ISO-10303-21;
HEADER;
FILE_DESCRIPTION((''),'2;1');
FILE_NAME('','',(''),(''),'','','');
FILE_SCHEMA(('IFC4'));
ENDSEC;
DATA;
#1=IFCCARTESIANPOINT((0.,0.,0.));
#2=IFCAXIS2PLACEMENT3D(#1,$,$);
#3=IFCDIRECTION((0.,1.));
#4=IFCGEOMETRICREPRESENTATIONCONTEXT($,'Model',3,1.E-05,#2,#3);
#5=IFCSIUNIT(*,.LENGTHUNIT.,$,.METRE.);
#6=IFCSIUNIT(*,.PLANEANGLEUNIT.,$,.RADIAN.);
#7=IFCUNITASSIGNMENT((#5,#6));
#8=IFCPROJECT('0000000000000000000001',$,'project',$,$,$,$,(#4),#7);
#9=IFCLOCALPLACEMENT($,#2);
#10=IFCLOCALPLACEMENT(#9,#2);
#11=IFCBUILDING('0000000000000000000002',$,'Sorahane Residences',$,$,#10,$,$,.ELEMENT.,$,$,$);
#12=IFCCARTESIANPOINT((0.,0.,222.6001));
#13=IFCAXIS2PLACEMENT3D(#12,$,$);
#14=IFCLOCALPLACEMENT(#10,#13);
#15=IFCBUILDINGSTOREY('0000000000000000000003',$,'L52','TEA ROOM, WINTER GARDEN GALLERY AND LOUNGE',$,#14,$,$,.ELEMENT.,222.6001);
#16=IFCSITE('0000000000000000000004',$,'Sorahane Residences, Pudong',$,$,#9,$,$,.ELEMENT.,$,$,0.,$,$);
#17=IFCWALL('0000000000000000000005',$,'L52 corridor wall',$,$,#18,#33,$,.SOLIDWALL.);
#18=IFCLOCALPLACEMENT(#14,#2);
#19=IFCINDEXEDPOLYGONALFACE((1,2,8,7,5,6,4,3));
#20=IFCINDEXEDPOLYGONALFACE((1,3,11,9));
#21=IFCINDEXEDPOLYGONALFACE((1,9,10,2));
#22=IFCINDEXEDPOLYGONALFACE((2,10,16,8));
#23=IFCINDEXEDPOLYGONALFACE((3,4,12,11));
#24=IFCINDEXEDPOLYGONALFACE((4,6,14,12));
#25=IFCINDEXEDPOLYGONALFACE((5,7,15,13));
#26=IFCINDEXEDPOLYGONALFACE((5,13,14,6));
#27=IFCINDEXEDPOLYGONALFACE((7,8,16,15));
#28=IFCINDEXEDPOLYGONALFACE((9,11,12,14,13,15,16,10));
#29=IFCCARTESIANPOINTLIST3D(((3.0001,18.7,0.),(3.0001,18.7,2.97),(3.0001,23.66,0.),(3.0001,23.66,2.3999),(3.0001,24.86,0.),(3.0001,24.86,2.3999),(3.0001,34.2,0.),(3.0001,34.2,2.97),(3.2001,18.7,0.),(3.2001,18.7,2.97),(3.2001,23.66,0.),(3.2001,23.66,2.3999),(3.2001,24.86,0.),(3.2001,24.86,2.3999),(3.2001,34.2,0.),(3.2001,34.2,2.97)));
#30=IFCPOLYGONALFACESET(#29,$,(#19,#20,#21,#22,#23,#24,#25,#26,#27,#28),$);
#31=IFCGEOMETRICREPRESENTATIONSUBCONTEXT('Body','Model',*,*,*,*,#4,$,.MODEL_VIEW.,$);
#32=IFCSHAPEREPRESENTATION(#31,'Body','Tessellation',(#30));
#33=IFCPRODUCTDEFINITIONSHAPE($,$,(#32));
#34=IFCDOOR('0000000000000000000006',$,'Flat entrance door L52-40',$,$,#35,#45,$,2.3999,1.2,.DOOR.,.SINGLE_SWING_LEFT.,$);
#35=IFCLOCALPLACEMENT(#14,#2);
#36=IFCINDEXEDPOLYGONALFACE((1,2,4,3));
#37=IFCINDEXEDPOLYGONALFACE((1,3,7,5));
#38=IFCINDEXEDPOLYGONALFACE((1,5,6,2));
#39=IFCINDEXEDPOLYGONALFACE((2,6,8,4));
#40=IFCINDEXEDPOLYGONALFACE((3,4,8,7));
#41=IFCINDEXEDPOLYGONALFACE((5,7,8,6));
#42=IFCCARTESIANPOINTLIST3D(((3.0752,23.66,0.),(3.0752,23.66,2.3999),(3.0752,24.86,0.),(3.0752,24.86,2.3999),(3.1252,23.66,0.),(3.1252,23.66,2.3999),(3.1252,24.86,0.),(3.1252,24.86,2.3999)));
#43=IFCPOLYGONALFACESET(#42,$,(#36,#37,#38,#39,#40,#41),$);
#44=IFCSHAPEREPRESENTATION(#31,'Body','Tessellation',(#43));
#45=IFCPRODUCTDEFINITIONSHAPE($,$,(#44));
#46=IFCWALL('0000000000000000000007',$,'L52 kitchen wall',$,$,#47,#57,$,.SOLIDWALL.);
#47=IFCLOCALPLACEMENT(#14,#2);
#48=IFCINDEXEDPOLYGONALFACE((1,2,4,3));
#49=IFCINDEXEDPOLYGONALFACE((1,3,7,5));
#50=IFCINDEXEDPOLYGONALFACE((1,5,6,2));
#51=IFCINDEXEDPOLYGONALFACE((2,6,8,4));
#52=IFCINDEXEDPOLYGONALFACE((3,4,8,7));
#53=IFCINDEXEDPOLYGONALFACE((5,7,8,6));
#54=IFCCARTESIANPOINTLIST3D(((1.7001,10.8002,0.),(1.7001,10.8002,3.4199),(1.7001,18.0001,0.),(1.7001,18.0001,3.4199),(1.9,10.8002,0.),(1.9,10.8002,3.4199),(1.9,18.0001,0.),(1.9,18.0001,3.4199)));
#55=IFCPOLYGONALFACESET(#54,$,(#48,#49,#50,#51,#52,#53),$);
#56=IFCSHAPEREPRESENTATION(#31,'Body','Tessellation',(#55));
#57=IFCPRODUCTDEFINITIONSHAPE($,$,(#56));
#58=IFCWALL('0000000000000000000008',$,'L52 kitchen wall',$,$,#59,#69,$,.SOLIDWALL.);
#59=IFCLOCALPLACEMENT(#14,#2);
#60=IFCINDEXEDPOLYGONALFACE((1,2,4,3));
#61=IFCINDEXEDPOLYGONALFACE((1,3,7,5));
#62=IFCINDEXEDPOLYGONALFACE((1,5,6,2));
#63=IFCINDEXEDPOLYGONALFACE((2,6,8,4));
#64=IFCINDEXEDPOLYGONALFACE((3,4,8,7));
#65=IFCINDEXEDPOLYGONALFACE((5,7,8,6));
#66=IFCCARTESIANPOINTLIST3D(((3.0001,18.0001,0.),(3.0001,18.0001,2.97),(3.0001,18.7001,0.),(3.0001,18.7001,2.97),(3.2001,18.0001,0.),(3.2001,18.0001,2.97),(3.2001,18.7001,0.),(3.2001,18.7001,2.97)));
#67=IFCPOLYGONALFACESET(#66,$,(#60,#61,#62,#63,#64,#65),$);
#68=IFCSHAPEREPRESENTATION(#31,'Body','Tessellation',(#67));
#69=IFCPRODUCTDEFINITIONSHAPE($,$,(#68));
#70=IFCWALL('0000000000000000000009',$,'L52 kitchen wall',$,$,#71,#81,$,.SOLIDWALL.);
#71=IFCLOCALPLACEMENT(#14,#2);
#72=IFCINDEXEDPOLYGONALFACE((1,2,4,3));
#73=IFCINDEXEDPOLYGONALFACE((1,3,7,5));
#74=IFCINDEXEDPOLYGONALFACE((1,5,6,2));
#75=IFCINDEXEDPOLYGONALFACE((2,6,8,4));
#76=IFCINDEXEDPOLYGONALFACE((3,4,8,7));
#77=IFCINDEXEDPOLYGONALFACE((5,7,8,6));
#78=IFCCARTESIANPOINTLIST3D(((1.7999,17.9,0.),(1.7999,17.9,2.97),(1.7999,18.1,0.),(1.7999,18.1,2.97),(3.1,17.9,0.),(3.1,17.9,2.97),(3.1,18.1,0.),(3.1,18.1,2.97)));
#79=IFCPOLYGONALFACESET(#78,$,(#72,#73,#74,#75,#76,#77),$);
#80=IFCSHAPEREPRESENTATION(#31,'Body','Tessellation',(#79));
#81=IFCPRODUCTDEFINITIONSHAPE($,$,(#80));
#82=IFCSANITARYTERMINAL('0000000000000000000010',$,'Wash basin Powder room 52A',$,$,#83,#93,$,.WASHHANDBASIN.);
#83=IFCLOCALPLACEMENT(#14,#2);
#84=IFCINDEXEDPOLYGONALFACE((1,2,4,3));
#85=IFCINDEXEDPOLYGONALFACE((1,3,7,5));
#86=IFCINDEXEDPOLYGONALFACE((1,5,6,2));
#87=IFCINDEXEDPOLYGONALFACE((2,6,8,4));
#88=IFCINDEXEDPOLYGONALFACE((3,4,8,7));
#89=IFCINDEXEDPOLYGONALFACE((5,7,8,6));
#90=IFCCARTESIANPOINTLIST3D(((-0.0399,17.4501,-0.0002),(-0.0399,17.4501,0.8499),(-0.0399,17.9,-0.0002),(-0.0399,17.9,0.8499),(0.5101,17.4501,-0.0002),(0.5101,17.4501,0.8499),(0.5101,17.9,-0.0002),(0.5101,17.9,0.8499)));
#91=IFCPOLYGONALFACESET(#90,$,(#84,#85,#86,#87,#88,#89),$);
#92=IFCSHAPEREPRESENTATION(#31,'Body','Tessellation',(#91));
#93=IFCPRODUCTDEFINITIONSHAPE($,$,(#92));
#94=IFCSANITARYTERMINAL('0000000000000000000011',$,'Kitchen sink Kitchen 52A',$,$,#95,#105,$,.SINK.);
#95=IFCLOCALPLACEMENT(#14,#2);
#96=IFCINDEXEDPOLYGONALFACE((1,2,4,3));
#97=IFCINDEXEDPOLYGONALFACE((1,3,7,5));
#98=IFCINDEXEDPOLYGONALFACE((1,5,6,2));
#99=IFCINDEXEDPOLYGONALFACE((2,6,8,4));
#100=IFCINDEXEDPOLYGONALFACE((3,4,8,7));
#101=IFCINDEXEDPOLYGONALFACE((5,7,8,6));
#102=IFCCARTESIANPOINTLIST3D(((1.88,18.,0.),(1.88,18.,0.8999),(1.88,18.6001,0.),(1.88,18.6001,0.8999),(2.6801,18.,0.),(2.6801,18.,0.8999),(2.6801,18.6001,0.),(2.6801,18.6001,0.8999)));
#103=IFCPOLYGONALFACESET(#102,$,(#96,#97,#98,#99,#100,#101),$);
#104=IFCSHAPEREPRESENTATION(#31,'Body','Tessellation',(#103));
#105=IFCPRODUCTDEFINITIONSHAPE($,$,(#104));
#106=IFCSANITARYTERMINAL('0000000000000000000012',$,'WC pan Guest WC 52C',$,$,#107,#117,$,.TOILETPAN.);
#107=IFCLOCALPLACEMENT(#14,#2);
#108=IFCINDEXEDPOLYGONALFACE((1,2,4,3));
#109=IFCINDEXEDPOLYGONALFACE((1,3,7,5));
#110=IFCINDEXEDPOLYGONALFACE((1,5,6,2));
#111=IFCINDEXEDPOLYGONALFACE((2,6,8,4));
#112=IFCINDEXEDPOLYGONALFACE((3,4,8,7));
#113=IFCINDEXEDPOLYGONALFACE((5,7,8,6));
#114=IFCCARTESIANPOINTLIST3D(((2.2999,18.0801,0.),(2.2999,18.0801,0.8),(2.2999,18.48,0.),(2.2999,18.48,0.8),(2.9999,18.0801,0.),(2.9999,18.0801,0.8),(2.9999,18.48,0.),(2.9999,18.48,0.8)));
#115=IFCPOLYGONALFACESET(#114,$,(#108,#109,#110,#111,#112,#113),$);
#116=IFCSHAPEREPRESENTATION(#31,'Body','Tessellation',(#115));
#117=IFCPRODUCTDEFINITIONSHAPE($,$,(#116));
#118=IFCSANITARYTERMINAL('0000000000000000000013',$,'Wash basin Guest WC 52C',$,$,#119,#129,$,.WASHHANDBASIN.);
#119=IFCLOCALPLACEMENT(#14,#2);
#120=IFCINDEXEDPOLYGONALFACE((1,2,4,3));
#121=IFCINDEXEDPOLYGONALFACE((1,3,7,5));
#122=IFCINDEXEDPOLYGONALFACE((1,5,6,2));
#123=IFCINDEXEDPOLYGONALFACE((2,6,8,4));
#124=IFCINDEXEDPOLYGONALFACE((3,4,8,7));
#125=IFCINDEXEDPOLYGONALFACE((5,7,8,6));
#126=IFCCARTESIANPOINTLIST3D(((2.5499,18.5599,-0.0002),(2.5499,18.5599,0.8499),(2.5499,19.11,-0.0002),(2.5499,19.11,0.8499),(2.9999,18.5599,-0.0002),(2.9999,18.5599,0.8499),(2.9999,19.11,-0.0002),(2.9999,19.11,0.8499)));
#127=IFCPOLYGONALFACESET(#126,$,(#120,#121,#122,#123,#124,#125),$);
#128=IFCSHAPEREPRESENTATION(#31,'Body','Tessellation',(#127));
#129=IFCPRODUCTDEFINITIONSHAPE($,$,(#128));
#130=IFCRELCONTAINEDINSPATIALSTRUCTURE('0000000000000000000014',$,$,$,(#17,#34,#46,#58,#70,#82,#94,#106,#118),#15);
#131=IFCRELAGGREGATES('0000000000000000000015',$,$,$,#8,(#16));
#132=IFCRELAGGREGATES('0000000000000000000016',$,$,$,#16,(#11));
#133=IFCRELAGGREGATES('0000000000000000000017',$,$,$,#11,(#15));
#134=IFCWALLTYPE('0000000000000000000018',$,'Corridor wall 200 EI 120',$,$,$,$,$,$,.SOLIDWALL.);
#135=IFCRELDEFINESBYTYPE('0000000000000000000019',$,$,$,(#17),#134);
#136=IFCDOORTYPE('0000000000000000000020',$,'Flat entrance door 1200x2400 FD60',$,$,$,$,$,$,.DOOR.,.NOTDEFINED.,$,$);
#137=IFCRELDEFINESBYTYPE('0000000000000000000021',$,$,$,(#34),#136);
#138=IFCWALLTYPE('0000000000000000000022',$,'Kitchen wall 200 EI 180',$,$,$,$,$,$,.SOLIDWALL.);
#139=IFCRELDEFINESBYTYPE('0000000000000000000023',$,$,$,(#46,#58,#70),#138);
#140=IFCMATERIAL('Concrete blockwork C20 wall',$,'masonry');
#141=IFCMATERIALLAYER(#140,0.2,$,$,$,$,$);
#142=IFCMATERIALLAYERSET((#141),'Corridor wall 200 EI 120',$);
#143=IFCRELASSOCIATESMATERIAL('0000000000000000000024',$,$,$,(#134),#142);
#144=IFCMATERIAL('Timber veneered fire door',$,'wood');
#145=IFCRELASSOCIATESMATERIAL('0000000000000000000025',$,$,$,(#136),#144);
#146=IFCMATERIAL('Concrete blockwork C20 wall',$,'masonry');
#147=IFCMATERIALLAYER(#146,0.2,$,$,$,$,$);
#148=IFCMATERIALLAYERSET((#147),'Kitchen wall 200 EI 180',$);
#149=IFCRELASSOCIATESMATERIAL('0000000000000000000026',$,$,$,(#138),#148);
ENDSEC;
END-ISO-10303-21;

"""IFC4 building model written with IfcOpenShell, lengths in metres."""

from ifc_helpers import new_model, si_unit, direction, frame, frame_2d, origin, origin_2d, place, context, subcontext, project, spatial, rectangle, extrude, material, layer, layer_set, type_object, element, fill, save


model = new_model("IFC4")

# Units and contexts
model_context = context("Model", 3, precision=1e-05, world=origin(), true_north=direction((0.0, 1.0)))
body_context = subcontext(model_context, "Body", "Model", "MODEL_VIEW")
ifc_project = project(units=[si_unit("LENGTHUNIT", "METRE"), si_unit("PLANEANGLEUNIT", "RADIAN")], contexts=[model_context])

# Site, building, storey
site_placement = place(None, origin())
site = spatial("IfcSite", under=ifc_project, at=site_placement, Name="Sorahane Residences, Pudong", CompositionType="ELEMENT", RefElevation=0.0)
building_placement = place(site_placement, origin())
building = spatial("IfcBuilding", under=site, at=building_placement, Name="Sorahane Residences", CompositionType="ELEMENT")
storey_placement = place(building_placement, frame((0.0, 0.0, 222.6001)))
storey = spatial("IfcBuildingStorey", under=building, at=storey_placement, Name="L52", Description="TEA ROOM, WINTER GARDEN GALLERY AND LOUNGE", CompositionType="ELEMENT", Elevation=222.6001)

# Wall, opening, door
ifc_material_1 = material(Name="Concrete blockwork C20 wall", Category="masonry")
ifc_layer_1 = layer(ifc_material_1, 0.2)
ifc_layer_set_1 = layer_set([ifc_layer_1], Name="Corridor wall 200 EI 120")
wall_type_1 = type_object("IfcWallType", Name="Corridor wall 200 EI 120", PredefinedType="SOLIDWALL", material=ifc_layer_set_1)
wall_1_placement = place(storey_placement, frame((3.1001, 18.7, 0.0), z_axis=(0.0, 0.0, 1.0), x_axis=(0.0, 1.0, 0.0)))
wall_1 = element("IfcWall", 1, at=wall_1_placement, inside=storey, type_object=wall_type_1, Name="L52 corridor wall", PredefinedType="SOLIDWALL", context=body_context, shape_type="SweptSolid", body=[
    extrude(rectangle(XDim=15.5, YDim=0.2, at=frame_2d((7.75, 0.0))), origin(), (0.0, 0.0, 1.0), 2.97),
])
opening_1_placement = place(wall_1_placement, frame((4.96, 0.0, 0.0)))
opening_1 = element("IfcOpeningElement", 2, at=opening_1_placement, cuts=wall_1, PredefinedType="OPENING", context=body_context, shape_type="SweptSolid", body=[
    extrude(rectangle(XDim=1.2, YDim=2.3999, at=frame_2d((0.6001, 1.2))), frame((0.0, 0.1099, 0.0), z_axis=(0.0, -1.0, 0.0), x_axis=(1.0, 0.0, 0.0)), (0.0, 0.0, 1.0), 0.22),
])
ifc_material_2 = material(Name="Timber veneered fire door", Category="wood")
door_type_1 = type_object("IfcDoorType", Name="Flat entrance door 1200x2400 FD60", OperationType="NOTDEFINED", PredefinedType="DOOR", material=ifc_material_2)
door_1_placement = place(opening_1_placement, origin())
door_1 = element("IfcDoor", 3, at=door_1_placement, inside=storey, type_object=door_type_1, Name="Flat entrance door L52-40", OperationType="SINGLE_SWING_LEFT", OverallHeight=2.3999, OverallWidth=1.2, PredefinedType="DOOR", context=body_context, shape_type="SweptSolid", body=[
    extrude(rectangle(XDim=1.2, YDim=2.3999, at=frame_2d((0.6001, 1.2))), frame((0.0, 0.0249, 0.0), z_axis=(0.0, -1.0, 0.0), x_axis=(1.0, 0.0, 0.0)), (0.0, 0.0, 1.0), 0.05),
])
fill(opening_1, door_1)

# Walls
ifc_material_3 = material(Name="Concrete blockwork C20 wall", Category="masonry")
ifc_layer_2 = layer(ifc_material_3, 0.2)
ifc_layer_set_2 = layer_set([ifc_layer_2], Name="Kitchen wall 200 EI 180")
wall_type_2 = type_object("IfcWallType", Name="Kitchen wall 200 EI 180", PredefinedType="SOLIDWALL", material=ifc_layer_set_2)
wall_2_placement = place(storey_placement, frame((1.8, 10.8, 0.0), z_axis=(0.0, 0.0, 1.0), x_axis=(0.0, 1.0, 0.0)))
element("IfcWall", 4, at=wall_2_placement, inside=storey, type_object=wall_type_2, Name="L52 kitchen wall", PredefinedType="SOLIDWALL", context=body_context, shape_type="SweptSolid", body=[
    extrude(rectangle(XDim=7.2, YDim=0.2, at=frame_2d((3.6001, 0.0))), origin(), (0.0, 0.0, 1.0), 3.4199),
])
wall_3_placement = place(storey_placement, frame((3.1001, 18.0, 0.0), z_axis=(0.0, 0.0, 1.0), x_axis=(0.0, 1.0, 0.0)))
element("IfcWall", 5, at=wall_3_placement, inside=storey, type_object=wall_type_2, Name="L52 kitchen wall", PredefinedType="SOLIDWALL", context=body_context, shape_type="SweptSolid", body=[
    extrude(rectangle(XDim=0.7, YDim=0.2, at=frame_2d((0.3501, 0.0))), origin(), (0.0, 0.0, 1.0), 2.97),
])

# Wall
wall_4_placement = place(storey_placement, frame((1.8, 18.0, 0.0), z_axis=(0.0, 0.0, 1.0), x_axis=(1.0, 0.0, 0.0)))
element("IfcWall", 6, at=wall_4_placement, inside=storey, type_object=wall_type_2, Name="L52 kitchen wall", PredefinedType="SOLIDWALL", context=body_context, shape_type="SweptSolid", body=[
    extrude(rectangle(XDim=1.3, YDim=0.2, at=frame_2d((0.6499, 0.0))), origin(), (0.0, 0.0, 1.0), 2.97),
])

# Sanitary terminals
sanitary_terminal_1_placement = place(storey_placement, frame((0.2351, 17.675, -0.0002), z_axis=(0.0, 0.0, 1.0), x_axis=(1.0, 0.0, 0.0)))
element("IfcSanitaryTerminal", 7, at=sanitary_terminal_1_placement, inside=storey, Name="Wash basin Powder room 52A", PredefinedType="WASHHANDBASIN", context=body_context, shape_type="SweptSolid", body=[
    extrude(rectangle(XDim=0.55, YDim=0.45, at=origin_2d()), origin(), (0.0, 0.0, 1.0), 0.8501),
])
sanitary_terminal_2_placement = place(storey_placement, frame((2.28, 18.3, 0.0), z_axis=(0.0, 0.0, 1.0), x_axis=(1.0, 0.0, 0.0)))
element("IfcSanitaryTerminal", 8, at=sanitary_terminal_2_placement, inside=storey, Name="Kitchen sink Kitchen 52A", PredefinedType="SINK", context=body_context, shape_type="SweptSolid", body=[
    extrude(rectangle(XDim=0.8, YDim=0.6001, at=origin_2d()), origin(), (0.0, 0.0, 1.0), 0.8999),
])
sanitary_terminal_3_placement = place(storey_placement, frame((2.6499, 18.28, 0.0), z_axis=(0.0, 0.0, 1.0), x_axis=(0.0, -1.0, 0.0)))
element("IfcSanitaryTerminal", 9, at=sanitary_terminal_3_placement, inside=storey, Name="WC pan Guest WC 52C", PredefinedType="TOILETPAN", context=body_context, shape_type="SweptSolid", body=[
    extrude(rectangle(XDim=0.3999, YDim=0.7, at=origin_2d()), origin(), (0.0, 0.0, 1.0), 0.8),
])
sanitary_terminal_4_placement = place(storey_placement, frame((2.7749, 18.835, -0.0002), z_axis=(0.0, 0.0, 1.0), x_axis=(0.0, -1.0, 0.0)))
element("IfcSanitaryTerminal", 10, at=sanitary_terminal_4_placement, inside=storey, Name="Wash basin Guest WC 52C", PredefinedType="WASHHANDBASIN", context=body_context, shape_type="SweptSolid", body=[
    extrude(rectangle(XDim=0.55, YDim=0.45, at=origin_2d()), origin(), (0.0, 0.0, 1.0), 0.8501),
])

save(model, "model.ifc")
